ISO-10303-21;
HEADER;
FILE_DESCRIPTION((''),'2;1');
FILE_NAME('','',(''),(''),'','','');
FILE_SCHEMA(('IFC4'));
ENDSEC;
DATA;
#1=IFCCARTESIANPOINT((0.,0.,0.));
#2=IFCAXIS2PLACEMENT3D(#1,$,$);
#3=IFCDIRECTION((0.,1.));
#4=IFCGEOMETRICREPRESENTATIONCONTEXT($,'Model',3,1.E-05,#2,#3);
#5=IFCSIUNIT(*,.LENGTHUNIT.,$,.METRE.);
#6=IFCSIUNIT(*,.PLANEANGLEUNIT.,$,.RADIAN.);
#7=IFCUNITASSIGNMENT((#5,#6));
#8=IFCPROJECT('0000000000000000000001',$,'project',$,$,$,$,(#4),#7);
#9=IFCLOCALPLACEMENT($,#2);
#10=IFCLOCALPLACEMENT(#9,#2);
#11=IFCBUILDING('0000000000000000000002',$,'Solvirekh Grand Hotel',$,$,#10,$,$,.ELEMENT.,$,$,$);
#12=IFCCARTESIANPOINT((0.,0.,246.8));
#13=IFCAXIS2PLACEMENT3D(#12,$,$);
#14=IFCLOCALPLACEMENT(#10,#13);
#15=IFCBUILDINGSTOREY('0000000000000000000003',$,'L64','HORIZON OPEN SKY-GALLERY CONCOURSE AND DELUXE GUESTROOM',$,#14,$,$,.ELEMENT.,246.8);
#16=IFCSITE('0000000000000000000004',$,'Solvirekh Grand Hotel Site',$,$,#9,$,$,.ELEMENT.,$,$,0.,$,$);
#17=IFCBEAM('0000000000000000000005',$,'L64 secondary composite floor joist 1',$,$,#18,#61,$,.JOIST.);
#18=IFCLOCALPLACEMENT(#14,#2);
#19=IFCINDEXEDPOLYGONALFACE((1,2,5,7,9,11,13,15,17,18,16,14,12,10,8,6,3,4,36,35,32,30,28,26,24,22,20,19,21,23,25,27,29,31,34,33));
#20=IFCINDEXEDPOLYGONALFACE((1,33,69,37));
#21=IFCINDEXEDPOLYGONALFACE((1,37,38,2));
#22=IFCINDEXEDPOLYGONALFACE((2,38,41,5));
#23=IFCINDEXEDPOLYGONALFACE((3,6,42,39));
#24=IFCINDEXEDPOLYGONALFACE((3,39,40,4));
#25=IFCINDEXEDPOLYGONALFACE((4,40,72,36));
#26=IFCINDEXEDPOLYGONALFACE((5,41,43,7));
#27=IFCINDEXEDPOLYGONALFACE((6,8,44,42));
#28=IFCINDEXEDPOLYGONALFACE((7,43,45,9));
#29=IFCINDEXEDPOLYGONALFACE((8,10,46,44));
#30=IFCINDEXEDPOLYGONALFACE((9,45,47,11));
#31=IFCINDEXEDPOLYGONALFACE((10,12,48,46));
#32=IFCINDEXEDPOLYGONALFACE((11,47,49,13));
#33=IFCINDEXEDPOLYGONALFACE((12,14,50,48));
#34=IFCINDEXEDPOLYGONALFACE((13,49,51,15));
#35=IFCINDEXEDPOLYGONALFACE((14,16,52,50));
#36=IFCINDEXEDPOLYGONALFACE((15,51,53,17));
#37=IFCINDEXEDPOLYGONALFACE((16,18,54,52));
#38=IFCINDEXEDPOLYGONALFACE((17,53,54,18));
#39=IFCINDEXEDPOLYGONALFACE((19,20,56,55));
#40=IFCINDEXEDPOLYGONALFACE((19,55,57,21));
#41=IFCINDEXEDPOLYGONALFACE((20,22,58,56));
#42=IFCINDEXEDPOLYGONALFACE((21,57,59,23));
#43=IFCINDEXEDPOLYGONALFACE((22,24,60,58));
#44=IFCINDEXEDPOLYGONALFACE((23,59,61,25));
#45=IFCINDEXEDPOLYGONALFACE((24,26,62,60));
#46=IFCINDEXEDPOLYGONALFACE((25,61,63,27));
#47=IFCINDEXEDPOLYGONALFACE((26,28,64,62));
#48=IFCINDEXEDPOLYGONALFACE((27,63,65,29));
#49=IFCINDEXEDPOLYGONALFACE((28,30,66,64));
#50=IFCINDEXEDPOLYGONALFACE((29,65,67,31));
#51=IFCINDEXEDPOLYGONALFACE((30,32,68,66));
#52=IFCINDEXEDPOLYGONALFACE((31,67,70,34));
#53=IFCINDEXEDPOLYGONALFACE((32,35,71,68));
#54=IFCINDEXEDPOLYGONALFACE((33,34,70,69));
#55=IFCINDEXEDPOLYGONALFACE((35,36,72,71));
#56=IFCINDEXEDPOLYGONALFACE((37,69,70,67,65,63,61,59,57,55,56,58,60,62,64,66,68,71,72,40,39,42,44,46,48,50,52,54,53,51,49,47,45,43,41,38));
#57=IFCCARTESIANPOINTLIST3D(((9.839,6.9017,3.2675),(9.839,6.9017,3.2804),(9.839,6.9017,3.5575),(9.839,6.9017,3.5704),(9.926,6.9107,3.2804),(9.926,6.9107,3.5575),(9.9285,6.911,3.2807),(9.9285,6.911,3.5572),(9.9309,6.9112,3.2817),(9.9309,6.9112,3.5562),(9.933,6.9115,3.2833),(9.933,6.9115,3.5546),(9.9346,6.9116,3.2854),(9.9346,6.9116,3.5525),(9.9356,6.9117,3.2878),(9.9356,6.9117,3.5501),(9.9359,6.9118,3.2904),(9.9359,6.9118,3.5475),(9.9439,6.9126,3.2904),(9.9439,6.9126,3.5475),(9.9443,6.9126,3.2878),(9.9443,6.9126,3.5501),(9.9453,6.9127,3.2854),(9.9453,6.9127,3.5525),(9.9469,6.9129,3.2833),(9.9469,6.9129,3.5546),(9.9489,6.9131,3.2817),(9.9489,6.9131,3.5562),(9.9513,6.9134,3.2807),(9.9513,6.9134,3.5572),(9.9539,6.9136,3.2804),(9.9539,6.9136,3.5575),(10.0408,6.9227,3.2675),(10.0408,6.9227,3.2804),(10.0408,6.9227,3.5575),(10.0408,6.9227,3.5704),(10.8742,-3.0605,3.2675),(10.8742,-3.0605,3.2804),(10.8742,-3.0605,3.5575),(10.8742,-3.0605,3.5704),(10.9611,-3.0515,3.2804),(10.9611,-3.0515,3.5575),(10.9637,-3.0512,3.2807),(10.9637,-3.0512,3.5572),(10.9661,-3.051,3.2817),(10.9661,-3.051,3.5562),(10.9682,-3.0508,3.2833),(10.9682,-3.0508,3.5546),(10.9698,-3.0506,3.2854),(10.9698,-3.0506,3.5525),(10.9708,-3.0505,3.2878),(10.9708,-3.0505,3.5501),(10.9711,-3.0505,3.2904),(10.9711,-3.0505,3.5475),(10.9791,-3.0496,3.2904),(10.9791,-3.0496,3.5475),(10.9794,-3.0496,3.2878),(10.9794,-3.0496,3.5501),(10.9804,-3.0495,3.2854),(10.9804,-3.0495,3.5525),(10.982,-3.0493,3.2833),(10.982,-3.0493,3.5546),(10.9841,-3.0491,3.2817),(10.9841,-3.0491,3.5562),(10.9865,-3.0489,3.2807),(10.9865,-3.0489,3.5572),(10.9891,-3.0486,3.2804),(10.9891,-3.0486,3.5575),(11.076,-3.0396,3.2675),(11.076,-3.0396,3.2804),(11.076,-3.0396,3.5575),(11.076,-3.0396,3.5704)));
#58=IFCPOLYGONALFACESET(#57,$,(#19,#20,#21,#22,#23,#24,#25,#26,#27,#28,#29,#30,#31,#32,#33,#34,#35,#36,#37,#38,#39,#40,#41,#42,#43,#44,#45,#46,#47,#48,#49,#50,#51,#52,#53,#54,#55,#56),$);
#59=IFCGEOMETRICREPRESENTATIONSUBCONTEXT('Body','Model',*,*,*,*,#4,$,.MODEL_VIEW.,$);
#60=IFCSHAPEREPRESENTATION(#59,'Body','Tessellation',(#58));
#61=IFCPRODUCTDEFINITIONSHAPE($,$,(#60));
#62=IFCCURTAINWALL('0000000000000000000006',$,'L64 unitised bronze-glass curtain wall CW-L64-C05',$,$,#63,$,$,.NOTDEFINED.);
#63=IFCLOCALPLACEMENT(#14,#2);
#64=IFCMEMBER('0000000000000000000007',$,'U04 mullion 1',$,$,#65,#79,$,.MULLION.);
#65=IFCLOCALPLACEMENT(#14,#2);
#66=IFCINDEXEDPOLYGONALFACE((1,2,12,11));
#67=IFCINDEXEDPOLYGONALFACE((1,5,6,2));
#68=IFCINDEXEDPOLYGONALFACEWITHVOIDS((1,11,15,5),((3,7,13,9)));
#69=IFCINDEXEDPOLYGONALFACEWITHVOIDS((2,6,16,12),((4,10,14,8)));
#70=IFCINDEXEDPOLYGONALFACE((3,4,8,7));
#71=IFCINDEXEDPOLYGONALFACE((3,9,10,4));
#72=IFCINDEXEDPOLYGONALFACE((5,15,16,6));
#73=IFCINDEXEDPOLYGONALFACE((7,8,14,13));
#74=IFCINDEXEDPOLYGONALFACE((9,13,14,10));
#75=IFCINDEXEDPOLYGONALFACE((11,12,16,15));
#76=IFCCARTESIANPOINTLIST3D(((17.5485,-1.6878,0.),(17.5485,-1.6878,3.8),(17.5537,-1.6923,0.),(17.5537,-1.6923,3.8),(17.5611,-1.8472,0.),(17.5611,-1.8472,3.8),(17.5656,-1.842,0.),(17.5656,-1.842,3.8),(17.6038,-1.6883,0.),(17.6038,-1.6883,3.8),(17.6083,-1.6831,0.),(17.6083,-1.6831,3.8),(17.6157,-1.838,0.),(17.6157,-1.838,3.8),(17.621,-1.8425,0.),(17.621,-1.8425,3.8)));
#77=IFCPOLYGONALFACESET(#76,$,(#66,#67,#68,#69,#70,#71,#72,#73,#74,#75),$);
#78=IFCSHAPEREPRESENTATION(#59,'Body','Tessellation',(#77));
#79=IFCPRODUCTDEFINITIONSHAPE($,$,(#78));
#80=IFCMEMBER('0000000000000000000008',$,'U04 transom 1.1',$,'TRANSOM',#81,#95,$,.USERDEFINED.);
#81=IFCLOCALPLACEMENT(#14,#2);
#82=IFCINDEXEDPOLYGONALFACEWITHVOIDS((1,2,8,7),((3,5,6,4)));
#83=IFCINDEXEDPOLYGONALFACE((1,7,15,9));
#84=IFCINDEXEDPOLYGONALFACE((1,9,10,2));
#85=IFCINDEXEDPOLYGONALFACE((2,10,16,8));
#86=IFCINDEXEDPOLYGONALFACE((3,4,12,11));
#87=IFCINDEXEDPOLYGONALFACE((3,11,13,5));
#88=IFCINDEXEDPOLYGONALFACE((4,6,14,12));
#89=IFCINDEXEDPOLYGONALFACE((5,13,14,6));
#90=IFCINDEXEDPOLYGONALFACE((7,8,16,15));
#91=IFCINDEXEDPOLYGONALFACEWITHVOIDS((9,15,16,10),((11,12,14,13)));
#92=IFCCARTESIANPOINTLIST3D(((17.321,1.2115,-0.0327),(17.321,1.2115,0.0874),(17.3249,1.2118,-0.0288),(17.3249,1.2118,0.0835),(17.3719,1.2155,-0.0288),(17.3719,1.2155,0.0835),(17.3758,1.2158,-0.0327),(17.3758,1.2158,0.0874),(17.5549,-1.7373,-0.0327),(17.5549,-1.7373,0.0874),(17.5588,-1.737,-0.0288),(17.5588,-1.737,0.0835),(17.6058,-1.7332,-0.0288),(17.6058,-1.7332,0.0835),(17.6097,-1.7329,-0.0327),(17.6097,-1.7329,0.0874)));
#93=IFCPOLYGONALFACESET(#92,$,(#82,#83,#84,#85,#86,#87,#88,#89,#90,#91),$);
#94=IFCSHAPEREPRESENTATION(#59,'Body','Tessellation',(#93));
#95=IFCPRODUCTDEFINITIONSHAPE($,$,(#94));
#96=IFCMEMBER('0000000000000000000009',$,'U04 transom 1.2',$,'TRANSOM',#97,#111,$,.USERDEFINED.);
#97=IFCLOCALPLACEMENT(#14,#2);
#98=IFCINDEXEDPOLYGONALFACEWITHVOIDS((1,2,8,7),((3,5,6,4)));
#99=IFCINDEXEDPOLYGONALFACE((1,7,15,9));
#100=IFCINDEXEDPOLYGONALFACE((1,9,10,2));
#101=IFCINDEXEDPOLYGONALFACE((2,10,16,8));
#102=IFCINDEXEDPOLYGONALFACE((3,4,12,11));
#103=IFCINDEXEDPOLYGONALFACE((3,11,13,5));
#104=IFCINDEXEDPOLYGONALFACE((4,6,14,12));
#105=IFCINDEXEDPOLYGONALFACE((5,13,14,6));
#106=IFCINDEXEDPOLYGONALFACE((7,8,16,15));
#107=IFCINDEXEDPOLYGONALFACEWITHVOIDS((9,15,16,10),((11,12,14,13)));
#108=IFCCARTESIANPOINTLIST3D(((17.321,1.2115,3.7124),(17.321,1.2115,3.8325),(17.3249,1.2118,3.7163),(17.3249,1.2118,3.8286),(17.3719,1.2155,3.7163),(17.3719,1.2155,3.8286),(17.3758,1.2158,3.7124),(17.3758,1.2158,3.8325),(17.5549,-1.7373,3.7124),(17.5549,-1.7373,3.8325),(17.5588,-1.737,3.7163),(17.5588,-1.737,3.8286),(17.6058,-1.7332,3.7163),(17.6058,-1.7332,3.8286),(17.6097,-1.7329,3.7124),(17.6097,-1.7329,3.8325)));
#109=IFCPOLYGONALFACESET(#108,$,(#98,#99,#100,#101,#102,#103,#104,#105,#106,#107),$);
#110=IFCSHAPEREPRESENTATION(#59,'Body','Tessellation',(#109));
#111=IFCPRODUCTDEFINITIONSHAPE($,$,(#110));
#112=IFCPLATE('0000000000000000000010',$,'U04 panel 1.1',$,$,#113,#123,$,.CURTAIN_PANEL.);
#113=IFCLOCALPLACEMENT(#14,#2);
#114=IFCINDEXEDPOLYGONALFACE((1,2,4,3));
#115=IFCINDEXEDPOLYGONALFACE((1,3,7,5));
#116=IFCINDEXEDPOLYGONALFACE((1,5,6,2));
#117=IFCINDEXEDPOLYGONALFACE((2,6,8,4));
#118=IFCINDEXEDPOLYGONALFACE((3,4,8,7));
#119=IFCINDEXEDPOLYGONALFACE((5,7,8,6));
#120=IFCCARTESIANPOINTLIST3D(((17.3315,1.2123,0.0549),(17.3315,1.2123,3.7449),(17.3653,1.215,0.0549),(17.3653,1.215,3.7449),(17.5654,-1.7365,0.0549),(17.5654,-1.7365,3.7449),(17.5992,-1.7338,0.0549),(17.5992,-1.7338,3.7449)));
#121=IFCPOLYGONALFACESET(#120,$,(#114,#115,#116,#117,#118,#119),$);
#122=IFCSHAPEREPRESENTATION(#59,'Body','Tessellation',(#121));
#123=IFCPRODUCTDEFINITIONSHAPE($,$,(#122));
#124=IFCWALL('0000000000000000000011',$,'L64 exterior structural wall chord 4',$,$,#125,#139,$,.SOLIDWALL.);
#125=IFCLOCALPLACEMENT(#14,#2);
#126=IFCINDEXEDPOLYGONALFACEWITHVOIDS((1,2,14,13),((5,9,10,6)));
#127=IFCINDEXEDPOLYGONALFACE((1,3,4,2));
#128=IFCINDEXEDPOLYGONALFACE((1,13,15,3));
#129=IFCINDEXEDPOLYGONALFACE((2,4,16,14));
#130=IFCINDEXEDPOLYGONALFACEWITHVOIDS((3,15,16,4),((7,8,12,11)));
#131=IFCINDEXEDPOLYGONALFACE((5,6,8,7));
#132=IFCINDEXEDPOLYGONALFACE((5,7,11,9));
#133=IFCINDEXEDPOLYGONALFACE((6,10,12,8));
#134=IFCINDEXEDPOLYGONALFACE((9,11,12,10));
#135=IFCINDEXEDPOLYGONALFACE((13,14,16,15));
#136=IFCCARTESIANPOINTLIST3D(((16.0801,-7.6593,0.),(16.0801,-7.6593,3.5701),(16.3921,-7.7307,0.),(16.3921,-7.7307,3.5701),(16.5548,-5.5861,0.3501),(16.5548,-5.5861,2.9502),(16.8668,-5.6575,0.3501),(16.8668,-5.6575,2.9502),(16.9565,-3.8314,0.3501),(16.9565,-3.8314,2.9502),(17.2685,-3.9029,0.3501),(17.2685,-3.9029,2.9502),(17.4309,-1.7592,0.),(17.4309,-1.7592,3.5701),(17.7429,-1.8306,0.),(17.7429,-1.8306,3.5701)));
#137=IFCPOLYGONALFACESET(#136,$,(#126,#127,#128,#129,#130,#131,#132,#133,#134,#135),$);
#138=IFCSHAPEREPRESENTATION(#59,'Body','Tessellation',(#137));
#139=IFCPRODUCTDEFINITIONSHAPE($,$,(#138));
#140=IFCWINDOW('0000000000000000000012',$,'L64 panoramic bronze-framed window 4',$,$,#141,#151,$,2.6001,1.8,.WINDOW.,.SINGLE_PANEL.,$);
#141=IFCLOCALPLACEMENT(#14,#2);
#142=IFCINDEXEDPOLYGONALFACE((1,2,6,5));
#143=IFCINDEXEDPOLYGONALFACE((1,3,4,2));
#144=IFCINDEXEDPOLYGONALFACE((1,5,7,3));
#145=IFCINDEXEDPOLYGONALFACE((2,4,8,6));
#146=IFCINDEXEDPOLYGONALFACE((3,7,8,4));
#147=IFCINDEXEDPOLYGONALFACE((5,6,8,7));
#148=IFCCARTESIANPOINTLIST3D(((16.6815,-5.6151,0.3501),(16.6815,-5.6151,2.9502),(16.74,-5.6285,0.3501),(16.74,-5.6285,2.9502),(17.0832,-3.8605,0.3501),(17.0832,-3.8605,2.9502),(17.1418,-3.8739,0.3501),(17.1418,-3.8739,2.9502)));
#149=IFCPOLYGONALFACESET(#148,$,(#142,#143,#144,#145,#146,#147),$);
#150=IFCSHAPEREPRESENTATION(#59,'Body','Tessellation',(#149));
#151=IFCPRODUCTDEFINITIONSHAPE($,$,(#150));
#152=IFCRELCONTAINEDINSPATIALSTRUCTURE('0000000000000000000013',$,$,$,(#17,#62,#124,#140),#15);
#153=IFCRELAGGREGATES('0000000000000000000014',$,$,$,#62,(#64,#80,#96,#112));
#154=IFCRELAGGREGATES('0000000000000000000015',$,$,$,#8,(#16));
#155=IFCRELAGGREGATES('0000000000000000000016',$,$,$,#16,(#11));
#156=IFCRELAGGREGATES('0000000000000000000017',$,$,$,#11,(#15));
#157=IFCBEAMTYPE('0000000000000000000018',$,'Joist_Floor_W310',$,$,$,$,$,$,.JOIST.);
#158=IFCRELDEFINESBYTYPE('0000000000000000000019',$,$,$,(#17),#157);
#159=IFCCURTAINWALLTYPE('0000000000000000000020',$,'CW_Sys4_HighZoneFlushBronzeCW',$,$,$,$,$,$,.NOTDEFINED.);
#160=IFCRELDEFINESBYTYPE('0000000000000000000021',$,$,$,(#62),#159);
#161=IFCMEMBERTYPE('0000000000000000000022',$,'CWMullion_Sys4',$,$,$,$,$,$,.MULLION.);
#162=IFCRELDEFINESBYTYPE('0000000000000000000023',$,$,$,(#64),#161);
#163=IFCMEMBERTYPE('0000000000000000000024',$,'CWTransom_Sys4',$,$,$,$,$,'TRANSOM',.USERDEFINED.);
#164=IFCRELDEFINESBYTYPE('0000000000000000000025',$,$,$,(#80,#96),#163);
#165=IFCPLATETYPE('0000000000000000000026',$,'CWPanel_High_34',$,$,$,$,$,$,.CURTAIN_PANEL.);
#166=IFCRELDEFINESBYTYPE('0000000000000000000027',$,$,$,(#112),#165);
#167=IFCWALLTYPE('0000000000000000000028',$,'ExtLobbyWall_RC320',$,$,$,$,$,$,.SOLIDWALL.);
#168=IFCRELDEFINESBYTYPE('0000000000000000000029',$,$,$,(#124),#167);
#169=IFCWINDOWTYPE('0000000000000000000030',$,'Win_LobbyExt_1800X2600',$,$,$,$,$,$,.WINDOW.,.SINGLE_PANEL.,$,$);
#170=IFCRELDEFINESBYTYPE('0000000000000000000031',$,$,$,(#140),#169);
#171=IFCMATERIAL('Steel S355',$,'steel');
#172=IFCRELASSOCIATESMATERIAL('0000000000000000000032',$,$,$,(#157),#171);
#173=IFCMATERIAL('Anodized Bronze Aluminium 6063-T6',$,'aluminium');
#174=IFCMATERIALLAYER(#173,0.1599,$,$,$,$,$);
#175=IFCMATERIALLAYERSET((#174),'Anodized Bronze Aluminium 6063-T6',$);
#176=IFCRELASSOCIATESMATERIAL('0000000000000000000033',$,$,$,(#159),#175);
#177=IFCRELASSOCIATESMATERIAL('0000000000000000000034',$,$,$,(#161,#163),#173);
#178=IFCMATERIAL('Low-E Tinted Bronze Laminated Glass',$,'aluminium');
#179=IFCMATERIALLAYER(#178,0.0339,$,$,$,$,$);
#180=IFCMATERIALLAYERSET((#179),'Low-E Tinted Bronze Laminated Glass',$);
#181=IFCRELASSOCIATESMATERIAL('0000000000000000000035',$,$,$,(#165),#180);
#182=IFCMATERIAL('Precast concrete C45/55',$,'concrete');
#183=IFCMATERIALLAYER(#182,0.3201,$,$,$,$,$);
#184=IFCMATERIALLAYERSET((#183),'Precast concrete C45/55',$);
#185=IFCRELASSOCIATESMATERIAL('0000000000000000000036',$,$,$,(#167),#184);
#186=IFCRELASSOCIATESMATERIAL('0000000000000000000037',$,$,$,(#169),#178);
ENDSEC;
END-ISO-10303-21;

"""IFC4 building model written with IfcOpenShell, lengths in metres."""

from ifc_helpers import new_model, si_unit, direction, frame, frame_2d, origin, origin_2d, place, context, subcontext, project, spatial, rectangle, hollow_rectangle, i_section, extrude, source, transform, mapped, material, layer, layer_set, material_profile, profile_set, type_object, element, fill, aggregate, save


model = new_model("IFC4")

# Units and contexts
model_context = context("Model", 3, precision=1e-05, world=origin(), true_north=direction((0.0, 1.0)))
body_context = subcontext(model_context, "Body", "Model", "MODEL_VIEW")
ifc_project = project(units=[si_unit("LENGTHUNIT", "METRE"), si_unit("PLANEANGLEUNIT", "RADIAN")], contexts=[model_context])

# Site, building, storey
site_placement = place(None, origin())
site = spatial("IfcSite", under=ifc_project, at=site_placement, Name="Solvirekh Grand Hotel Site", CompositionType="ELEMENT", RefElevation=0.0)
building_placement = place(site_placement, origin())
building = spatial("IfcBuilding", under=site, at=building_placement, Name="Solvirekh Grand Hotel", CompositionType="ELEMENT")
storey_placement = place(building_placement, frame((0.0, 0.0, 246.8)))
storey = spatial("IfcBuildingStorey", under=building, at=storey_placement, Name="L64", Description="HORIZON OPEN SKY-GALLERY CONCOURSE AND DELUXE GUESTROOM", CompositionType="ELEMENT", Elevation=246.8)

# Beam
ifc_material_1 = material(Name="Steel S355", Category="steel")
ifc_material_profile_1 = material_profile(ifc_material_1, i_section(OverallWidth=0.2029, OverallDepth=0.303, WebThickness=0.0081, FlangeThickness=0.0129, FilletRadius=0.01, at=origin_2d()), Name="W310X60")
ifc_profile_set_1 = profile_set([ifc_material_profile_1], Name="Steel S355")
beam_type_1 = type_object("IfcBeamType", Name="Joist_Floor_W310", PredefinedType="JOIST", material=ifc_profile_set_1)
beam_1_placement = place(storey_placement, frame((10.9751, -3.05, 3.4189), z_axis=(-0.103352, 0.994645, 0.0), x_axis=(-0.994645, -0.103352, 0.0)))
element("IfcBeam", 1, at=beam_1_placement, inside=storey, type_object=beam_type_1, Name="L64 secondary composite floor joist 1", PredefinedType="JOIST", context=body_context, shape_type="SweptSolid", body=[
    extrude(i_section(OverallWidth=0.2029, OverallDepth=0.303, WebThickness=0.0081, FlangeThickness=0.0129, FilletRadius=0.01, at=origin_2d()), origin(), (0.0, 0.0, 1.0), 10.0159),
])

# Curtain wall, members, plate
ifc_material_2 = material(Name="Anodized Bronze Aluminium 6063-T6", Category="aluminium")
ifc_layer_1 = layer(ifc_material_2, 0.1599)
ifc_layer_set_1 = layer_set([ifc_layer_1], Name="Anodized Bronze Aluminium 6063-T6")
curtain_wall_type = type_object("IfcCurtainWallType", Name="CW_Sys4_HighZoneFlushBronzeCW", PredefinedType="NOTDEFINED", material=ifc_layer_set_1)
curtain_wall_placement = place(storey_placement, origin())
curtain_wall = element("IfcCurtainWall", 2, at=curtain_wall_placement, inside=storey, type_object=curtain_wall_type, Name="L64 unitised bronze-glass curtain wall CW-L64-C05", PredefinedType="NOTDEFINED")
ifc_material_profile_2 = material_profile(ifc_material_2, hollow_rectangle(XDim=0.0601, YDim=0.1599, WallThickness=0.0049, at=origin_2d()), Name="ALU RHS 160X60X5")
ifc_profile_set_2 = profile_set([ifc_material_profile_2], Name="Anodized Bronze Aluminium 6063-T6")
member_type_1 = type_object("IfcMemberType", Name="CWMullion_Sys4", PredefinedType="MULLION", material=ifc_profile_set_2)
shared_shape_1 = source(origin(), body_context, "Body", "SweptSolid", [
    extrude(hollow_rectangle(XDim=0.0601, YDim=0.1599, WallThickness=0.0049, at=origin_2d()), origin(), (0.0, 0.0, 1.0), 3.8),
])
member_1_placement = place(storey_placement, frame((17.5847, -1.7651, 0.0), z_axis=(0.0, 0.0, 1.0), x_axis=(-0.996869, -0.079067, 0.0)))
member_1 = element("IfcMember", 3, at=member_1_placement, type_object=member_type_1, Name="U04 mullion 1", PredefinedType="MULLION", context=body_context, shape_type="MappedRepresentation", body=[
    mapped(shared_shape_1, transform((0.0, 0.0, 0.0), x_axis=(1.0, 0.0, 0.0), y_axis=(0.0, 1.0, 0.0), z_axis=(0.0, 0.0, 1.0), scale=1.0)),
])
ifc_material_profile_3 = material_profile(ifc_material_2, hollow_rectangle(XDim=0.0549, YDim=0.1201, WallThickness=0.0039, at=origin_2d()), Name="ALU RHS 120X55X4")
ifc_profile_set_3 = profile_set([ifc_material_profile_3], Name="Anodized Bronze Aluminium 6063-T6")
member_type_2 = type_object("IfcMemberType", Name="CWTransom_Sys4", ElementType="TRANSOM", PredefinedType="USERDEFINED", material=ifc_profile_set_3)
shared_shape_2 = source(origin(), body_context, "Body", "SweptSolid", [
    extrude(hollow_rectangle(XDim=0.0549, YDim=0.1201, WallThickness=0.0039, at=origin_2d()), origin(), (0.0, 0.0, 1.0), 2.958),
])
member_2_placement = place(storey_placement, frame((17.5823, -1.7351, 0.0273), z_axis=(-0.079069, 0.996869, 0.0), x_axis=(-0.996869, -0.079069, 0.0)))
member_2 = element("IfcMember", 4, at=member_2_placement, type_object=member_type_2, Name="U04 transom 1.1", ObjectType="TRANSOM", PredefinedType="USERDEFINED", context=body_context, shape_type="MappedRepresentation", body=[
    mapped(shared_shape_2, transform((0.0, 0.0, 0.0), x_axis=(1.0, 0.0, 0.0), y_axis=(0.0, 1.0, 0.0), z_axis=(0.0, 0.0, 1.0), scale=1.0)),
])
member_3_placement = place(storey_placement, frame((17.5823, -1.7351, 3.7725), z_axis=(-0.079069, 0.996869, 0.0), x_axis=(-0.996869, -0.079069, 0.0)))
member_3 = element("IfcMember", 5, at=member_3_placement, type_object=member_type_2, Name="U04 transom 1.2", ObjectType="TRANSOM", PredefinedType="USERDEFINED", context=body_context, shape_type="MappedRepresentation", body=[
    mapped(shared_shape_2, transform((0.0, 0.0, 0.0), x_axis=(1.0, 0.0, 0.0), y_axis=(0.0, 1.0, 0.0), z_axis=(0.0, 0.0, 1.0), scale=1.0)),
])
ifc_material_3 = material(Name="Low-E Tinted Bronze Laminated Glass", Category="aluminium")
ifc_layer_2 = layer(ifc_material_3, 0.0339)
ifc_layer_set_2 = layer_set([ifc_layer_2], Name="Low-E Tinted Bronze Laminated Glass")
plate_type = type_object("IfcPlateType", Name="CWPanel_High_34", PredefinedType="CURTAIN_PANEL", material=ifc_layer_set_2)
shared_shape_3 = source(origin(), body_context, "Body", "SweptSolid", [
    extrude(rectangle(XDim=2.958, YDim=0.0339, at=origin_2d()), origin(), (0.0, 0.0, 1.0), 3.6899),
])
plate_placement = place(storey_placement, frame((17.4653, -0.2607, 0.0549), z_axis=(0.0, 0.0, 1.0), x_axis=(-0.079067, 0.996869, 0.0)))
plate = element("IfcPlate", 6, at=plate_placement, type_object=plate_type, Name="U04 panel 1.1", PredefinedType="CURTAIN_PANEL", context=body_context, shape_type="MappedRepresentation", body=[
    mapped(shared_shape_3, transform((0.0, 0.0, 0.0), x_axis=(1.0, 0.0, 0.0), y_axis=(0.0, 1.0, 0.0), z_axis=(0.0, 0.0, 1.0), scale=1.0)),
])
aggregate(curtain_wall, [member_1, member_2, member_3, plate])

# Wall, opening, window
ifc_material_4 = material(Name="Precast concrete C45/55", Category="concrete")
ifc_layer_3 = layer(ifc_material_4, 0.3201)
ifc_layer_set_3 = layer_set([ifc_layer_3], Name="Precast concrete C45/55")
wall_type_1 = type_object("IfcWallType", Name="ExtLobbyWall_RC320", PredefinedType="SOLIDWALL", material=ifc_layer_set_3)
wall_1_placement = place(storey_placement, frame((17.5869, -1.7949, 0.0), z_axis=(0.0, 0.0, 1.0), x_axis=(-0.223174, -0.974779, 0.0)))
wall_1 = element("IfcWall", 7, at=wall_1_placement, inside=storey, type_object=wall_type_1, Name="L64 exterior structural wall chord 4", PredefinedType="SOLIDWALL", context=body_context, shape_type="SweptSolid", body=[
    extrude(rectangle(XDim=6.0527, YDim=0.3201, at=frame_2d((3.0264, 0.0))), origin(), (0.0, 0.0, 1.0), 3.5701),
])
opening_1_placement = place(wall_1_placement, frame((2.126, 0.0, 0.3501)))
opening_1 = element("IfcOpeningElement", 8, at=opening_1_placement, cuts=wall_1, PredefinedType="OPENING", context=body_context, shape_type="SweptSolid", body=[
    extrude(rectangle(XDim=1.8, YDim=2.6001, at=frame_2d((0.8999, 1.3))), frame((0.0, 0.1699, 0.0), z_axis=(0.0, -1.0, 0.0), x_axis=(1.0, 0.0, 0.0)), (0.0, 0.0, 1.0), 0.3401),
])
window_type = type_object("IfcWindowType", Name="Win_LobbyExt_1800X2600", PartitioningType="SINGLE_PANEL", PredefinedType="WINDOW", material=ifc_material_3)
window_placement = place(opening_1_placement, origin())
window = element("IfcWindow", 9, at=window_placement, inside=storey, type_object=window_type, Name="L64 panoramic bronze-framed window 4", OverallHeight=2.6001, OverallWidth=1.8, PartitioningType="SINGLE_PANEL", PredefinedType="WINDOW", context=body_context, shape_type="SweptSolid", body=[
    extrude(rectangle(XDim=1.8, YDim=2.6001, at=frame_2d((0.8999, 1.3))), frame((0.0, 0.03, 0.0), z_axis=(0.0, -1.0, 0.0), x_axis=(1.0, 0.0, 0.0)), (0.0, 0.0, 1.0), 0.0601),
])
fill(opening_1, window)

save(model, "model.ifc")
